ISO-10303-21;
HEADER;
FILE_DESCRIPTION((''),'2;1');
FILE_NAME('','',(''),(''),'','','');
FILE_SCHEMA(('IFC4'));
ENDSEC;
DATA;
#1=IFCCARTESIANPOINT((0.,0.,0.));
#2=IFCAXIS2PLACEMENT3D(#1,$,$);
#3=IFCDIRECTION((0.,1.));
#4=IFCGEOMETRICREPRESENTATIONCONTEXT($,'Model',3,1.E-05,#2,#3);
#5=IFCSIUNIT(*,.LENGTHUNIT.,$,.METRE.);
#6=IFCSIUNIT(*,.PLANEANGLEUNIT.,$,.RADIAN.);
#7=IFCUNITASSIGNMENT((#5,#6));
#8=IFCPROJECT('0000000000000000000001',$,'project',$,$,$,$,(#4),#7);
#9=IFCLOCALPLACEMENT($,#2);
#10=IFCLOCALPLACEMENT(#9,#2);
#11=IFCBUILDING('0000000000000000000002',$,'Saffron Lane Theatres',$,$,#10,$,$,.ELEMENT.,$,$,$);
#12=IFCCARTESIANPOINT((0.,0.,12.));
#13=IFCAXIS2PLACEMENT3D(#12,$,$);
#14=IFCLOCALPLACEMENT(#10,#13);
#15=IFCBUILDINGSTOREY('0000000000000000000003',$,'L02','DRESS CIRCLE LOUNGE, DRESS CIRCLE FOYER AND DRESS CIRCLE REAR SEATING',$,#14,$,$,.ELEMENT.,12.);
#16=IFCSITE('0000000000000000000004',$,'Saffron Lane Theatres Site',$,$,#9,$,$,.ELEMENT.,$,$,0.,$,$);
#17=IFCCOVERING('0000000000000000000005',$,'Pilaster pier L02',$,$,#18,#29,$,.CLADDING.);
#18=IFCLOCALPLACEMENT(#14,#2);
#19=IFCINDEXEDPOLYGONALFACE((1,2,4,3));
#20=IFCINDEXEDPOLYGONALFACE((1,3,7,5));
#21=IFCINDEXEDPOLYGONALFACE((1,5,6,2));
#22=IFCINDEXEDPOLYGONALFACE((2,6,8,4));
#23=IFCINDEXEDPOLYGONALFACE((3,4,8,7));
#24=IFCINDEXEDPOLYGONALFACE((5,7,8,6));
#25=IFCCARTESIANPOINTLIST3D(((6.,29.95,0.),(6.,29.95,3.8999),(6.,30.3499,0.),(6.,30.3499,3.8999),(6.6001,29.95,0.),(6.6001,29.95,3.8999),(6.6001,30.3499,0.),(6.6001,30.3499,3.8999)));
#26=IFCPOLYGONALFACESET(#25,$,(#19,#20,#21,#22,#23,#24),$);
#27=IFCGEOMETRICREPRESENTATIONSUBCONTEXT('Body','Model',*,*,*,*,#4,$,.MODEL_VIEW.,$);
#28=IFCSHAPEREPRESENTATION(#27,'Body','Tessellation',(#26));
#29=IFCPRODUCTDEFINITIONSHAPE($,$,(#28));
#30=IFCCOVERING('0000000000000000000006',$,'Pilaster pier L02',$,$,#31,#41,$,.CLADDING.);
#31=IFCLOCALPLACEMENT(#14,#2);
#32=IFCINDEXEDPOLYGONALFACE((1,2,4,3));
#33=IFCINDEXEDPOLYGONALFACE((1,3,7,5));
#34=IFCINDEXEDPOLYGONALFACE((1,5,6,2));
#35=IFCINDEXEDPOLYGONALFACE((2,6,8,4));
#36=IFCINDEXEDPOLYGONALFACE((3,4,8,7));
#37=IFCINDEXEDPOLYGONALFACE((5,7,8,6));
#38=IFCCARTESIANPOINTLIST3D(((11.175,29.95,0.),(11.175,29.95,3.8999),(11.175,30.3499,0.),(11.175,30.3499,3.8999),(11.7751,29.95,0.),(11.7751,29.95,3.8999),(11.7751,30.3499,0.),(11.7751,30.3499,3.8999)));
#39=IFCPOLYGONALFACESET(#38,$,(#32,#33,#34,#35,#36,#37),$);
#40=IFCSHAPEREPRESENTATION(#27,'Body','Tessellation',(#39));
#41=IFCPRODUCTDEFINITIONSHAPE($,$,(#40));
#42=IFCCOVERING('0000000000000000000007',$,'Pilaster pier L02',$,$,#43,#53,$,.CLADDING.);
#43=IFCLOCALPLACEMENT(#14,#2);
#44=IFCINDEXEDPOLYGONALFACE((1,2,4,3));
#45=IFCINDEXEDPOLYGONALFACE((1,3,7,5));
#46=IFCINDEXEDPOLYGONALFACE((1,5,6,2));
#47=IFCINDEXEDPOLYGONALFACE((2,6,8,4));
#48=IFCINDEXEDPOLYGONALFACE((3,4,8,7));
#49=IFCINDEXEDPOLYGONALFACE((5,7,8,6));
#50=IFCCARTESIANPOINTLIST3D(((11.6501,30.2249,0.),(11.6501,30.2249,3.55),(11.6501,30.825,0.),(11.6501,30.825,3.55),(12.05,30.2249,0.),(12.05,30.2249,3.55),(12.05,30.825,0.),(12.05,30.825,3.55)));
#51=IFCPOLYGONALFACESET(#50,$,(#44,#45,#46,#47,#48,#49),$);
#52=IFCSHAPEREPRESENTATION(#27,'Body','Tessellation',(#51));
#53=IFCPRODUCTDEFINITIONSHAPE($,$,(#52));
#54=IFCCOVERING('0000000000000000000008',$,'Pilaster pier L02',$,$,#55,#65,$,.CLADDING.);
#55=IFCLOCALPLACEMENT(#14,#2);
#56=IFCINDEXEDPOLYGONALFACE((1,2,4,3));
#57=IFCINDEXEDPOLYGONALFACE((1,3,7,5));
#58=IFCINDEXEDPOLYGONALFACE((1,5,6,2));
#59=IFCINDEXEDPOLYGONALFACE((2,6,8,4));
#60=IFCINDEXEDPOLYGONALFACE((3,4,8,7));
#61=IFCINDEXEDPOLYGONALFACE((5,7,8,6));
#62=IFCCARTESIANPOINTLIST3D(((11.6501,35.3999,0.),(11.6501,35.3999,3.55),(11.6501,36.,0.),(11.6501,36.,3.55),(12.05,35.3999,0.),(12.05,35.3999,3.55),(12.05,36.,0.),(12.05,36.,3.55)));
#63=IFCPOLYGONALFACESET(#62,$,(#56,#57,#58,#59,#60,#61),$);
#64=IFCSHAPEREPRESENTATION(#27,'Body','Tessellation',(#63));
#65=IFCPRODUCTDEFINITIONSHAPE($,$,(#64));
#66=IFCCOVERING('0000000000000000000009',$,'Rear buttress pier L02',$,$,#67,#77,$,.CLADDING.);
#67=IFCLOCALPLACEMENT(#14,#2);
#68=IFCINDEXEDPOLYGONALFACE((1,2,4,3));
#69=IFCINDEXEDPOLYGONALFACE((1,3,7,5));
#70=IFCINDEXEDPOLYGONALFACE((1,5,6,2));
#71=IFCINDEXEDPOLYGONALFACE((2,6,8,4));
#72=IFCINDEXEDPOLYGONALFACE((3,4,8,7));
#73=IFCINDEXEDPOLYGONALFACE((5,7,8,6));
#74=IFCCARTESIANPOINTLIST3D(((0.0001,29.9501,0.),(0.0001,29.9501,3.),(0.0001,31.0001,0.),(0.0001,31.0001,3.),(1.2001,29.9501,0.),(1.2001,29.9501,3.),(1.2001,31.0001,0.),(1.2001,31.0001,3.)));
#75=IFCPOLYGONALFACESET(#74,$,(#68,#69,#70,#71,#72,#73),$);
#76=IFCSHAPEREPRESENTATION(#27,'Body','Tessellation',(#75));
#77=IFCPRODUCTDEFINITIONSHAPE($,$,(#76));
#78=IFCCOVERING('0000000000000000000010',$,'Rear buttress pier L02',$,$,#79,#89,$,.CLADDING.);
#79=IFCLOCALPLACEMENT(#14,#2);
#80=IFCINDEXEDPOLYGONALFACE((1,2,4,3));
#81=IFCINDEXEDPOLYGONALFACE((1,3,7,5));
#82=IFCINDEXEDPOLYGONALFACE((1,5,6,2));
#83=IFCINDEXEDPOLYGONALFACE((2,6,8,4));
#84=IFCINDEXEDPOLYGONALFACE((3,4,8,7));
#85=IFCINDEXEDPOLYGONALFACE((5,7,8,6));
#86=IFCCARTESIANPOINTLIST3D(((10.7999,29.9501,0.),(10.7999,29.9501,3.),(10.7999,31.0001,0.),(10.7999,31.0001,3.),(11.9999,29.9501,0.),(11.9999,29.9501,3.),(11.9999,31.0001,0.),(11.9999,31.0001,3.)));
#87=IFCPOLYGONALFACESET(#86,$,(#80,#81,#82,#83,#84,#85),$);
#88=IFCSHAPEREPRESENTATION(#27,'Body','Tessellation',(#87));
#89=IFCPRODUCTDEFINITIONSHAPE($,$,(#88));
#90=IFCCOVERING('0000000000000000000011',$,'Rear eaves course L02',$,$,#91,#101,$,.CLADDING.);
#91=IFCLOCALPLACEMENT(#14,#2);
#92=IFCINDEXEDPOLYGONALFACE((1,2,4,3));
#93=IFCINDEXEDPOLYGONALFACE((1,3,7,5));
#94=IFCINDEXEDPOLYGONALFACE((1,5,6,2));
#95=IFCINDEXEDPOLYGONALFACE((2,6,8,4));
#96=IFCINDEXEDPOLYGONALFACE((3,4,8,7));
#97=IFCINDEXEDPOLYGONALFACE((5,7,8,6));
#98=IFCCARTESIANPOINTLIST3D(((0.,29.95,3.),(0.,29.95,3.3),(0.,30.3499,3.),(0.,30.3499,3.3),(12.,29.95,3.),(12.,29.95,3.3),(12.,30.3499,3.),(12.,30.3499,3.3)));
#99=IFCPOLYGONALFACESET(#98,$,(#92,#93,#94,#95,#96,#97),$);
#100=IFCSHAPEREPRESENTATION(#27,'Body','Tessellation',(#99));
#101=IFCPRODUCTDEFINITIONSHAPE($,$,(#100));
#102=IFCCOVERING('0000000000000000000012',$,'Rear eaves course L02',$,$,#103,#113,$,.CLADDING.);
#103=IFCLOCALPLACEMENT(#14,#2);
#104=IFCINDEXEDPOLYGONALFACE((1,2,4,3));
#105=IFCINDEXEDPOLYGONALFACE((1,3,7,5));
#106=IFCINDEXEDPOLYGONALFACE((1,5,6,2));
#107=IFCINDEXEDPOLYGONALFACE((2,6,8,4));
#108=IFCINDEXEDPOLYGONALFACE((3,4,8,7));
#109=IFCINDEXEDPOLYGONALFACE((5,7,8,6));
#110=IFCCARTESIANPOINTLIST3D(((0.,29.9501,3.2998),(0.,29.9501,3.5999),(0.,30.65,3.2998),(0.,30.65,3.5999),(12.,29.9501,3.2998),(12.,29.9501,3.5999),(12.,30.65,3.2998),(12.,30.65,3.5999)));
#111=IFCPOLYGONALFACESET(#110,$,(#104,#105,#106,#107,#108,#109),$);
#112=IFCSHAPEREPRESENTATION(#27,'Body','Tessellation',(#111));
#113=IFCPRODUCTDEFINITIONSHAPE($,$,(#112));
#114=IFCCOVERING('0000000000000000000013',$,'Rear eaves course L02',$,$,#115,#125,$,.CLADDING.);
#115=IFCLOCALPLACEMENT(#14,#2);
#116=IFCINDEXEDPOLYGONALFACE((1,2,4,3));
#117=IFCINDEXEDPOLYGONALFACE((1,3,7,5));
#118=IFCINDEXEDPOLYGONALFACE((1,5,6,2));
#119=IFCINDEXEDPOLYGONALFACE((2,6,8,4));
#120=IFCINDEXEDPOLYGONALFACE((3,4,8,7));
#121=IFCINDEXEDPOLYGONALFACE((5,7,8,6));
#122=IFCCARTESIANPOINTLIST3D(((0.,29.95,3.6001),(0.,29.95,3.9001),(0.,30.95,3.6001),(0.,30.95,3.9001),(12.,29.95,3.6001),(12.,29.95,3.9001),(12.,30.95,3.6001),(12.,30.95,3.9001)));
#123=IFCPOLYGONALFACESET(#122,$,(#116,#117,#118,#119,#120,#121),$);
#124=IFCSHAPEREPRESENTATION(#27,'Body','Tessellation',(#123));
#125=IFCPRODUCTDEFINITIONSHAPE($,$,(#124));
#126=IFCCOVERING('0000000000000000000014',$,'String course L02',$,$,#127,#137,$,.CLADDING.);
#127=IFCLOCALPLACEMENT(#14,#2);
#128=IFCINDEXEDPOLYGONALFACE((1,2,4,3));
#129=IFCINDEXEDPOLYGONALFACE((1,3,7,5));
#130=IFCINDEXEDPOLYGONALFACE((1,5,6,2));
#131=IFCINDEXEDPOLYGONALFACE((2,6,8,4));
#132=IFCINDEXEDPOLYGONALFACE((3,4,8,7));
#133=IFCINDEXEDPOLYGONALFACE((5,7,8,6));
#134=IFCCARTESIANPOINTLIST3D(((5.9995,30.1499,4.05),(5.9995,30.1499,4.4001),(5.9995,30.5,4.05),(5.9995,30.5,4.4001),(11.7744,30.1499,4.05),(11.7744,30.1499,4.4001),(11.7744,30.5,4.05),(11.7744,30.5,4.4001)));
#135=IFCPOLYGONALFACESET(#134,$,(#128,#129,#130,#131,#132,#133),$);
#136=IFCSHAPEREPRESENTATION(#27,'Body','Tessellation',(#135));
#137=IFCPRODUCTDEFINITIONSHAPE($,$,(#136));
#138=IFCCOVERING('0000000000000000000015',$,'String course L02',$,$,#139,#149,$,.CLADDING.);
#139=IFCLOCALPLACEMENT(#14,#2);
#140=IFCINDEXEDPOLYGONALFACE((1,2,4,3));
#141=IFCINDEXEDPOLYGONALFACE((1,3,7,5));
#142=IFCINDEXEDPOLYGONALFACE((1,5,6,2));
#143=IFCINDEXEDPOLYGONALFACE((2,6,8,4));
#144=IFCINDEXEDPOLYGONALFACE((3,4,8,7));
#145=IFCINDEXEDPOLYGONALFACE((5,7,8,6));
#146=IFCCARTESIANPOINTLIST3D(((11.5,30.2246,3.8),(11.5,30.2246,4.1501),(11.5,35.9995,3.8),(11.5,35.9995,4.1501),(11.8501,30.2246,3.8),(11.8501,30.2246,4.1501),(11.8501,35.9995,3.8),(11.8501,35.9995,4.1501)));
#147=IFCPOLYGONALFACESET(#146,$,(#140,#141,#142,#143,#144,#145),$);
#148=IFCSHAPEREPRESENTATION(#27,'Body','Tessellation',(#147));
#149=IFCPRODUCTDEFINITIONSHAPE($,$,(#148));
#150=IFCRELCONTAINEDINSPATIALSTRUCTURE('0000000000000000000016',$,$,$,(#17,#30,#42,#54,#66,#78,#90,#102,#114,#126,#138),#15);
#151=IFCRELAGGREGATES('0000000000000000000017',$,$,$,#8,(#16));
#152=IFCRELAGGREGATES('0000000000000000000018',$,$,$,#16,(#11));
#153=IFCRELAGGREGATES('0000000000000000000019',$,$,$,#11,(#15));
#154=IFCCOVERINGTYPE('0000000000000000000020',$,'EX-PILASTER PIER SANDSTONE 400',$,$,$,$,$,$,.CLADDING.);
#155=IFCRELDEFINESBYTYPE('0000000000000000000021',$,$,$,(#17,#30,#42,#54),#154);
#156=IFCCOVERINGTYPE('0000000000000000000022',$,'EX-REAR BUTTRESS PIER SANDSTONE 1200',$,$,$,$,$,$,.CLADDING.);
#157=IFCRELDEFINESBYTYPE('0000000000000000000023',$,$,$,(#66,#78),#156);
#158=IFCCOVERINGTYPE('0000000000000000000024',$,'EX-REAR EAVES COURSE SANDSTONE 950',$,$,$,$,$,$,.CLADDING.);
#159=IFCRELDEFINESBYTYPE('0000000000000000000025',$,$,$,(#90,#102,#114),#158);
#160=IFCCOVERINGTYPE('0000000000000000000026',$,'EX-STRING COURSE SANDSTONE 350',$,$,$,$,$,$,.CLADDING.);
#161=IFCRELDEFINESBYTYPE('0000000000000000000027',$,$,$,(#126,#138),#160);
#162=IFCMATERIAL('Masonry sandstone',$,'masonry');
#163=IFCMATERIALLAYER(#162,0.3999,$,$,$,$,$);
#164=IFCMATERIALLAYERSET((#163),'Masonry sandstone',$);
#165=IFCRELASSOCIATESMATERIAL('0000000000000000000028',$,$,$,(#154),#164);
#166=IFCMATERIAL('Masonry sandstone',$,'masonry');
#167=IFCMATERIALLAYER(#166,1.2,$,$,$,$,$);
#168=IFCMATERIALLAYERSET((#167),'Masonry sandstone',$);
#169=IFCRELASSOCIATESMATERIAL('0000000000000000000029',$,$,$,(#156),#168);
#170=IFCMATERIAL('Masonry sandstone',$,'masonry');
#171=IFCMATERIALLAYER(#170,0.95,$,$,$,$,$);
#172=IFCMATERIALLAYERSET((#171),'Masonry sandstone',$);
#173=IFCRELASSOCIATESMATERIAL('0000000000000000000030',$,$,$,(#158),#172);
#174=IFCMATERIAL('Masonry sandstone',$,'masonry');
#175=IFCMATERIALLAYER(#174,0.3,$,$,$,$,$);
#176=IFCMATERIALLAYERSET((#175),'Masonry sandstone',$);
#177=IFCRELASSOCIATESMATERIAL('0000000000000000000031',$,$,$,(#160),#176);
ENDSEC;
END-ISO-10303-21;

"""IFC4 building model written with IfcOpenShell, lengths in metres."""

from ifc_helpers import new_model, si_unit, direction, frame, origin, origin_2d, place, context, subcontext, project, spatial, rectangle, extrude, material, layer, layer_set, type_object, element, save


model = new_model("IFC4")

# Units and contexts
model_context = context("Model", 3, precision=1e-05, world=origin(), true_north=direction((0.0, 1.0)))
body_context = subcontext(model_context, "Body", "Model", "MODEL_VIEW")
ifc_project = project(units=[si_unit("LENGTHUNIT", "METRE"), si_unit("PLANEANGLEUNIT", "RADIAN")], contexts=[model_context])

# Site, building, storey
site_placement = place(None, origin())
site = spatial("IfcSite", under=ifc_project, at=site_placement, Name="Saffron Lane Theatres Site", CompositionType="ELEMENT", RefElevation=0.0)
building_placement = place(site_placement, origin())
building = spatial("IfcBuilding", under=site, at=building_placement, Name="Saffron Lane Theatres", CompositionType="ELEMENT")
storey_placement = place(building_placement, frame((0.0, 0.0, 12.0)))
storey = spatial("IfcBuildingStorey", under=building, at=storey_placement, Name="L02", Description="DRESS CIRCLE LOUNGE, DRESS CIRCLE FOYER AND DRESS CIRCLE REAR SEATING", CompositionType="ELEMENT", Elevation=12.0)

# Coverings
ifc_material_1 = material(Name="Masonry sandstone", Category="masonry")
ifc_layer_1 = layer(ifc_material_1, 0.3999)
ifc_layer_set_1 = layer_set([ifc_layer_1], Name="Masonry sandstone")
covering_type_1 = type_object("IfcCoveringType", Name="EX-PILASTER PIER SANDSTONE 400", PredefinedType="CLADDING", material=ifc_layer_set_1)
for number, where, z_axis, x_axis, name in (
    (1, (6.3, 30.1499, 0.0), (0.0, 0.0, 1.0), (1.0, 0.0, 0.0), "Pilaster pier L02"),
    (2, (11.4751, 30.1499, 0.0), (0.0, 0.0, 1.0), (1.0, 0.0, 0.0), "Pilaster pier L02"),
):
    element("IfcCovering", number, at=place(storey_placement, frame(where, z_axis=z_axis, x_axis=x_axis)), inside=storey, type_object=covering_type_1, Name=name, PredefinedType="CLADDING", context=body_context, shape_type="SweptSolid", body=[
        extrude(rectangle(XDim=0.6001, YDim=0.3999, at=origin_2d()), origin(), (0.0, 0.0, 1.0), 3.8999),
    ])
for number, where, z_axis, x_axis, name in (
    (3, (11.8501, 30.5249, 0.0), (0.0, 0.0, 1.0), (0.0, 1.0, 0.0), "Pilaster pier L02"),
    (4, (11.8501, 35.7, 0.0), (0.0, 0.0, 1.0), (0.0, 1.0, 0.0), "Pilaster pier L02"),
):
    element("IfcCovering", number, at=place(storey_placement, frame(where, z_axis=z_axis, x_axis=x_axis)), inside=storey, type_object=covering_type_1, Name=name, PredefinedType="CLADDING", context=body_context, shape_type="SweptSolid", body=[
        extrude(rectangle(XDim=0.6001, YDim=0.3999, at=origin_2d()), origin(), (0.0, 0.0, 1.0), 3.55),
    ])
ifc_material_2 = material(Name="Masonry sandstone", Category="masonry")
ifc_layer_2 = layer(ifc_material_2, 1.2)
ifc_layer_set_2 = layer_set([ifc_layer_2], Name="Masonry sandstone")
covering_type_2 = type_object("IfcCoveringType", Name="EX-REAR BUTTRESS PIER SANDSTONE 1200", PredefinedType="CLADDING", material=ifc_layer_set_2)
for number, where, z_axis, x_axis, name in (
    (5, (0.6001, 30.4751, 0.0), (0.0, 0.0, 1.0), (1.0, 0.0, 0.0), "Rear buttress pier L02"),
    (6, (11.3999, 30.4751, 0.0), (0.0, 0.0, 1.0), (1.0, 0.0, 0.0), "Rear buttress pier L02"),
):
    element("IfcCovering", number, at=place(storey_placement, frame(where, z_axis=z_axis, x_axis=x_axis)), inside=storey, type_object=covering_type_2, Name=name, PredefinedType="CLADDING", context=body_context, shape_type="SweptSolid", body=[
        extrude(rectangle(XDim=1.2, YDim=1.05, at=origin_2d()), origin(), (0.0, 0.0, 1.0), 3.0),
    ])
ifc_material_3 = material(Name="Masonry sandstone", Category="masonry")
ifc_layer_3 = layer(ifc_material_3, 0.95)
ifc_layer_set_3 = layer_set([ifc_layer_3], Name="Masonry sandstone")
covering_type_3 = type_object("IfcCoveringType", Name="EX-REAR EAVES COURSE SANDSTONE 950", PredefinedType="CLADDING", material=ifc_layer_set_3)
covering_1_placement = place(storey_placement, frame((6.0, 30.1499, 3.0), z_axis=(0.0, 0.0, 1.0), x_axis=(1.0, 0.0, 0.0)))
element("IfcCovering", 7, at=covering_1_placement, inside=storey, type_object=covering_type_3, Name="Rear eaves course L02", PredefinedType="CLADDING", context=body_context, shape_type="SweptSolid", body=[
    extrude(rectangle(XDim=12.0, YDim=0.3999, at=origin_2d()), origin(), (0.0, 0.0, 1.0), 0.3),
])
covering_2_placement = place(storey_placement, frame((6.0, 30.3, 3.2998), z_axis=(0.0, 0.0, 1.0), x_axis=(1.0, 0.0, 0.0)))
element("IfcCovering", 8, at=covering_2_placement, inside=storey, type_object=covering_type_3, Name="Rear eaves course L02", PredefinedType="CLADDING", context=body_context, shape_type="SweptSolid", body=[
    extrude(rectangle(XDim=12.0, YDim=0.7, at=origin_2d()), origin(), (0.0, 0.0, 1.0), 0.3),
])
covering_3_placement = place(storey_placement, frame((6.0, 30.45, 3.6001), z_axis=(0.0, 0.0, 1.0), x_axis=(1.0, 0.0, 0.0)))
element("IfcCovering", 9, at=covering_3_placement, inside=storey, type_object=covering_type_3, Name="Rear eaves course L02", PredefinedType="CLADDING", context=body_context, shape_type="SweptSolid", body=[
    extrude(rectangle(XDim=12.0, YDim=1.0, at=origin_2d()), origin(), (0.0, 0.0, 1.0), 0.3),
])
ifc_material_4 = material(Name="Masonry sandstone", Category="masonry")
ifc_layer_4 = layer(ifc_material_4, 0.3)
ifc_layer_set_4 = layer_set([ifc_layer_4], Name="Masonry sandstone")
covering_type_4 = type_object("IfcCoveringType", Name="EX-STRING COURSE SANDSTONE 350", PredefinedType="CLADDING", material=ifc_layer_set_4)
for number, where, z_axis, x_axis, name in (
    (10, (8.887, 30.325, 4.05), (0.0, 0.0, 1.0), (1.0, 0.0, 0.0), "String course L02"),
    (11, (11.675, 33.1121, 3.8), (0.0, 0.0, 1.0), (0.0, 1.0, 0.0), "String course L02"),
):
    element("IfcCovering", number, at=place(storey_placement, frame(where, z_axis=z_axis, x_axis=x_axis)), inside=storey, type_object=covering_type_4, Name=name, PredefinedType="CLADDING", context=body_context, shape_type="SweptSolid", body=[
        extrude(rectangle(XDim=5.7749, YDim=0.3501, at=origin_2d()), origin(), (0.0, 0.0, 1.0), 0.3501),
    ])

save(model, "model.ifc")
